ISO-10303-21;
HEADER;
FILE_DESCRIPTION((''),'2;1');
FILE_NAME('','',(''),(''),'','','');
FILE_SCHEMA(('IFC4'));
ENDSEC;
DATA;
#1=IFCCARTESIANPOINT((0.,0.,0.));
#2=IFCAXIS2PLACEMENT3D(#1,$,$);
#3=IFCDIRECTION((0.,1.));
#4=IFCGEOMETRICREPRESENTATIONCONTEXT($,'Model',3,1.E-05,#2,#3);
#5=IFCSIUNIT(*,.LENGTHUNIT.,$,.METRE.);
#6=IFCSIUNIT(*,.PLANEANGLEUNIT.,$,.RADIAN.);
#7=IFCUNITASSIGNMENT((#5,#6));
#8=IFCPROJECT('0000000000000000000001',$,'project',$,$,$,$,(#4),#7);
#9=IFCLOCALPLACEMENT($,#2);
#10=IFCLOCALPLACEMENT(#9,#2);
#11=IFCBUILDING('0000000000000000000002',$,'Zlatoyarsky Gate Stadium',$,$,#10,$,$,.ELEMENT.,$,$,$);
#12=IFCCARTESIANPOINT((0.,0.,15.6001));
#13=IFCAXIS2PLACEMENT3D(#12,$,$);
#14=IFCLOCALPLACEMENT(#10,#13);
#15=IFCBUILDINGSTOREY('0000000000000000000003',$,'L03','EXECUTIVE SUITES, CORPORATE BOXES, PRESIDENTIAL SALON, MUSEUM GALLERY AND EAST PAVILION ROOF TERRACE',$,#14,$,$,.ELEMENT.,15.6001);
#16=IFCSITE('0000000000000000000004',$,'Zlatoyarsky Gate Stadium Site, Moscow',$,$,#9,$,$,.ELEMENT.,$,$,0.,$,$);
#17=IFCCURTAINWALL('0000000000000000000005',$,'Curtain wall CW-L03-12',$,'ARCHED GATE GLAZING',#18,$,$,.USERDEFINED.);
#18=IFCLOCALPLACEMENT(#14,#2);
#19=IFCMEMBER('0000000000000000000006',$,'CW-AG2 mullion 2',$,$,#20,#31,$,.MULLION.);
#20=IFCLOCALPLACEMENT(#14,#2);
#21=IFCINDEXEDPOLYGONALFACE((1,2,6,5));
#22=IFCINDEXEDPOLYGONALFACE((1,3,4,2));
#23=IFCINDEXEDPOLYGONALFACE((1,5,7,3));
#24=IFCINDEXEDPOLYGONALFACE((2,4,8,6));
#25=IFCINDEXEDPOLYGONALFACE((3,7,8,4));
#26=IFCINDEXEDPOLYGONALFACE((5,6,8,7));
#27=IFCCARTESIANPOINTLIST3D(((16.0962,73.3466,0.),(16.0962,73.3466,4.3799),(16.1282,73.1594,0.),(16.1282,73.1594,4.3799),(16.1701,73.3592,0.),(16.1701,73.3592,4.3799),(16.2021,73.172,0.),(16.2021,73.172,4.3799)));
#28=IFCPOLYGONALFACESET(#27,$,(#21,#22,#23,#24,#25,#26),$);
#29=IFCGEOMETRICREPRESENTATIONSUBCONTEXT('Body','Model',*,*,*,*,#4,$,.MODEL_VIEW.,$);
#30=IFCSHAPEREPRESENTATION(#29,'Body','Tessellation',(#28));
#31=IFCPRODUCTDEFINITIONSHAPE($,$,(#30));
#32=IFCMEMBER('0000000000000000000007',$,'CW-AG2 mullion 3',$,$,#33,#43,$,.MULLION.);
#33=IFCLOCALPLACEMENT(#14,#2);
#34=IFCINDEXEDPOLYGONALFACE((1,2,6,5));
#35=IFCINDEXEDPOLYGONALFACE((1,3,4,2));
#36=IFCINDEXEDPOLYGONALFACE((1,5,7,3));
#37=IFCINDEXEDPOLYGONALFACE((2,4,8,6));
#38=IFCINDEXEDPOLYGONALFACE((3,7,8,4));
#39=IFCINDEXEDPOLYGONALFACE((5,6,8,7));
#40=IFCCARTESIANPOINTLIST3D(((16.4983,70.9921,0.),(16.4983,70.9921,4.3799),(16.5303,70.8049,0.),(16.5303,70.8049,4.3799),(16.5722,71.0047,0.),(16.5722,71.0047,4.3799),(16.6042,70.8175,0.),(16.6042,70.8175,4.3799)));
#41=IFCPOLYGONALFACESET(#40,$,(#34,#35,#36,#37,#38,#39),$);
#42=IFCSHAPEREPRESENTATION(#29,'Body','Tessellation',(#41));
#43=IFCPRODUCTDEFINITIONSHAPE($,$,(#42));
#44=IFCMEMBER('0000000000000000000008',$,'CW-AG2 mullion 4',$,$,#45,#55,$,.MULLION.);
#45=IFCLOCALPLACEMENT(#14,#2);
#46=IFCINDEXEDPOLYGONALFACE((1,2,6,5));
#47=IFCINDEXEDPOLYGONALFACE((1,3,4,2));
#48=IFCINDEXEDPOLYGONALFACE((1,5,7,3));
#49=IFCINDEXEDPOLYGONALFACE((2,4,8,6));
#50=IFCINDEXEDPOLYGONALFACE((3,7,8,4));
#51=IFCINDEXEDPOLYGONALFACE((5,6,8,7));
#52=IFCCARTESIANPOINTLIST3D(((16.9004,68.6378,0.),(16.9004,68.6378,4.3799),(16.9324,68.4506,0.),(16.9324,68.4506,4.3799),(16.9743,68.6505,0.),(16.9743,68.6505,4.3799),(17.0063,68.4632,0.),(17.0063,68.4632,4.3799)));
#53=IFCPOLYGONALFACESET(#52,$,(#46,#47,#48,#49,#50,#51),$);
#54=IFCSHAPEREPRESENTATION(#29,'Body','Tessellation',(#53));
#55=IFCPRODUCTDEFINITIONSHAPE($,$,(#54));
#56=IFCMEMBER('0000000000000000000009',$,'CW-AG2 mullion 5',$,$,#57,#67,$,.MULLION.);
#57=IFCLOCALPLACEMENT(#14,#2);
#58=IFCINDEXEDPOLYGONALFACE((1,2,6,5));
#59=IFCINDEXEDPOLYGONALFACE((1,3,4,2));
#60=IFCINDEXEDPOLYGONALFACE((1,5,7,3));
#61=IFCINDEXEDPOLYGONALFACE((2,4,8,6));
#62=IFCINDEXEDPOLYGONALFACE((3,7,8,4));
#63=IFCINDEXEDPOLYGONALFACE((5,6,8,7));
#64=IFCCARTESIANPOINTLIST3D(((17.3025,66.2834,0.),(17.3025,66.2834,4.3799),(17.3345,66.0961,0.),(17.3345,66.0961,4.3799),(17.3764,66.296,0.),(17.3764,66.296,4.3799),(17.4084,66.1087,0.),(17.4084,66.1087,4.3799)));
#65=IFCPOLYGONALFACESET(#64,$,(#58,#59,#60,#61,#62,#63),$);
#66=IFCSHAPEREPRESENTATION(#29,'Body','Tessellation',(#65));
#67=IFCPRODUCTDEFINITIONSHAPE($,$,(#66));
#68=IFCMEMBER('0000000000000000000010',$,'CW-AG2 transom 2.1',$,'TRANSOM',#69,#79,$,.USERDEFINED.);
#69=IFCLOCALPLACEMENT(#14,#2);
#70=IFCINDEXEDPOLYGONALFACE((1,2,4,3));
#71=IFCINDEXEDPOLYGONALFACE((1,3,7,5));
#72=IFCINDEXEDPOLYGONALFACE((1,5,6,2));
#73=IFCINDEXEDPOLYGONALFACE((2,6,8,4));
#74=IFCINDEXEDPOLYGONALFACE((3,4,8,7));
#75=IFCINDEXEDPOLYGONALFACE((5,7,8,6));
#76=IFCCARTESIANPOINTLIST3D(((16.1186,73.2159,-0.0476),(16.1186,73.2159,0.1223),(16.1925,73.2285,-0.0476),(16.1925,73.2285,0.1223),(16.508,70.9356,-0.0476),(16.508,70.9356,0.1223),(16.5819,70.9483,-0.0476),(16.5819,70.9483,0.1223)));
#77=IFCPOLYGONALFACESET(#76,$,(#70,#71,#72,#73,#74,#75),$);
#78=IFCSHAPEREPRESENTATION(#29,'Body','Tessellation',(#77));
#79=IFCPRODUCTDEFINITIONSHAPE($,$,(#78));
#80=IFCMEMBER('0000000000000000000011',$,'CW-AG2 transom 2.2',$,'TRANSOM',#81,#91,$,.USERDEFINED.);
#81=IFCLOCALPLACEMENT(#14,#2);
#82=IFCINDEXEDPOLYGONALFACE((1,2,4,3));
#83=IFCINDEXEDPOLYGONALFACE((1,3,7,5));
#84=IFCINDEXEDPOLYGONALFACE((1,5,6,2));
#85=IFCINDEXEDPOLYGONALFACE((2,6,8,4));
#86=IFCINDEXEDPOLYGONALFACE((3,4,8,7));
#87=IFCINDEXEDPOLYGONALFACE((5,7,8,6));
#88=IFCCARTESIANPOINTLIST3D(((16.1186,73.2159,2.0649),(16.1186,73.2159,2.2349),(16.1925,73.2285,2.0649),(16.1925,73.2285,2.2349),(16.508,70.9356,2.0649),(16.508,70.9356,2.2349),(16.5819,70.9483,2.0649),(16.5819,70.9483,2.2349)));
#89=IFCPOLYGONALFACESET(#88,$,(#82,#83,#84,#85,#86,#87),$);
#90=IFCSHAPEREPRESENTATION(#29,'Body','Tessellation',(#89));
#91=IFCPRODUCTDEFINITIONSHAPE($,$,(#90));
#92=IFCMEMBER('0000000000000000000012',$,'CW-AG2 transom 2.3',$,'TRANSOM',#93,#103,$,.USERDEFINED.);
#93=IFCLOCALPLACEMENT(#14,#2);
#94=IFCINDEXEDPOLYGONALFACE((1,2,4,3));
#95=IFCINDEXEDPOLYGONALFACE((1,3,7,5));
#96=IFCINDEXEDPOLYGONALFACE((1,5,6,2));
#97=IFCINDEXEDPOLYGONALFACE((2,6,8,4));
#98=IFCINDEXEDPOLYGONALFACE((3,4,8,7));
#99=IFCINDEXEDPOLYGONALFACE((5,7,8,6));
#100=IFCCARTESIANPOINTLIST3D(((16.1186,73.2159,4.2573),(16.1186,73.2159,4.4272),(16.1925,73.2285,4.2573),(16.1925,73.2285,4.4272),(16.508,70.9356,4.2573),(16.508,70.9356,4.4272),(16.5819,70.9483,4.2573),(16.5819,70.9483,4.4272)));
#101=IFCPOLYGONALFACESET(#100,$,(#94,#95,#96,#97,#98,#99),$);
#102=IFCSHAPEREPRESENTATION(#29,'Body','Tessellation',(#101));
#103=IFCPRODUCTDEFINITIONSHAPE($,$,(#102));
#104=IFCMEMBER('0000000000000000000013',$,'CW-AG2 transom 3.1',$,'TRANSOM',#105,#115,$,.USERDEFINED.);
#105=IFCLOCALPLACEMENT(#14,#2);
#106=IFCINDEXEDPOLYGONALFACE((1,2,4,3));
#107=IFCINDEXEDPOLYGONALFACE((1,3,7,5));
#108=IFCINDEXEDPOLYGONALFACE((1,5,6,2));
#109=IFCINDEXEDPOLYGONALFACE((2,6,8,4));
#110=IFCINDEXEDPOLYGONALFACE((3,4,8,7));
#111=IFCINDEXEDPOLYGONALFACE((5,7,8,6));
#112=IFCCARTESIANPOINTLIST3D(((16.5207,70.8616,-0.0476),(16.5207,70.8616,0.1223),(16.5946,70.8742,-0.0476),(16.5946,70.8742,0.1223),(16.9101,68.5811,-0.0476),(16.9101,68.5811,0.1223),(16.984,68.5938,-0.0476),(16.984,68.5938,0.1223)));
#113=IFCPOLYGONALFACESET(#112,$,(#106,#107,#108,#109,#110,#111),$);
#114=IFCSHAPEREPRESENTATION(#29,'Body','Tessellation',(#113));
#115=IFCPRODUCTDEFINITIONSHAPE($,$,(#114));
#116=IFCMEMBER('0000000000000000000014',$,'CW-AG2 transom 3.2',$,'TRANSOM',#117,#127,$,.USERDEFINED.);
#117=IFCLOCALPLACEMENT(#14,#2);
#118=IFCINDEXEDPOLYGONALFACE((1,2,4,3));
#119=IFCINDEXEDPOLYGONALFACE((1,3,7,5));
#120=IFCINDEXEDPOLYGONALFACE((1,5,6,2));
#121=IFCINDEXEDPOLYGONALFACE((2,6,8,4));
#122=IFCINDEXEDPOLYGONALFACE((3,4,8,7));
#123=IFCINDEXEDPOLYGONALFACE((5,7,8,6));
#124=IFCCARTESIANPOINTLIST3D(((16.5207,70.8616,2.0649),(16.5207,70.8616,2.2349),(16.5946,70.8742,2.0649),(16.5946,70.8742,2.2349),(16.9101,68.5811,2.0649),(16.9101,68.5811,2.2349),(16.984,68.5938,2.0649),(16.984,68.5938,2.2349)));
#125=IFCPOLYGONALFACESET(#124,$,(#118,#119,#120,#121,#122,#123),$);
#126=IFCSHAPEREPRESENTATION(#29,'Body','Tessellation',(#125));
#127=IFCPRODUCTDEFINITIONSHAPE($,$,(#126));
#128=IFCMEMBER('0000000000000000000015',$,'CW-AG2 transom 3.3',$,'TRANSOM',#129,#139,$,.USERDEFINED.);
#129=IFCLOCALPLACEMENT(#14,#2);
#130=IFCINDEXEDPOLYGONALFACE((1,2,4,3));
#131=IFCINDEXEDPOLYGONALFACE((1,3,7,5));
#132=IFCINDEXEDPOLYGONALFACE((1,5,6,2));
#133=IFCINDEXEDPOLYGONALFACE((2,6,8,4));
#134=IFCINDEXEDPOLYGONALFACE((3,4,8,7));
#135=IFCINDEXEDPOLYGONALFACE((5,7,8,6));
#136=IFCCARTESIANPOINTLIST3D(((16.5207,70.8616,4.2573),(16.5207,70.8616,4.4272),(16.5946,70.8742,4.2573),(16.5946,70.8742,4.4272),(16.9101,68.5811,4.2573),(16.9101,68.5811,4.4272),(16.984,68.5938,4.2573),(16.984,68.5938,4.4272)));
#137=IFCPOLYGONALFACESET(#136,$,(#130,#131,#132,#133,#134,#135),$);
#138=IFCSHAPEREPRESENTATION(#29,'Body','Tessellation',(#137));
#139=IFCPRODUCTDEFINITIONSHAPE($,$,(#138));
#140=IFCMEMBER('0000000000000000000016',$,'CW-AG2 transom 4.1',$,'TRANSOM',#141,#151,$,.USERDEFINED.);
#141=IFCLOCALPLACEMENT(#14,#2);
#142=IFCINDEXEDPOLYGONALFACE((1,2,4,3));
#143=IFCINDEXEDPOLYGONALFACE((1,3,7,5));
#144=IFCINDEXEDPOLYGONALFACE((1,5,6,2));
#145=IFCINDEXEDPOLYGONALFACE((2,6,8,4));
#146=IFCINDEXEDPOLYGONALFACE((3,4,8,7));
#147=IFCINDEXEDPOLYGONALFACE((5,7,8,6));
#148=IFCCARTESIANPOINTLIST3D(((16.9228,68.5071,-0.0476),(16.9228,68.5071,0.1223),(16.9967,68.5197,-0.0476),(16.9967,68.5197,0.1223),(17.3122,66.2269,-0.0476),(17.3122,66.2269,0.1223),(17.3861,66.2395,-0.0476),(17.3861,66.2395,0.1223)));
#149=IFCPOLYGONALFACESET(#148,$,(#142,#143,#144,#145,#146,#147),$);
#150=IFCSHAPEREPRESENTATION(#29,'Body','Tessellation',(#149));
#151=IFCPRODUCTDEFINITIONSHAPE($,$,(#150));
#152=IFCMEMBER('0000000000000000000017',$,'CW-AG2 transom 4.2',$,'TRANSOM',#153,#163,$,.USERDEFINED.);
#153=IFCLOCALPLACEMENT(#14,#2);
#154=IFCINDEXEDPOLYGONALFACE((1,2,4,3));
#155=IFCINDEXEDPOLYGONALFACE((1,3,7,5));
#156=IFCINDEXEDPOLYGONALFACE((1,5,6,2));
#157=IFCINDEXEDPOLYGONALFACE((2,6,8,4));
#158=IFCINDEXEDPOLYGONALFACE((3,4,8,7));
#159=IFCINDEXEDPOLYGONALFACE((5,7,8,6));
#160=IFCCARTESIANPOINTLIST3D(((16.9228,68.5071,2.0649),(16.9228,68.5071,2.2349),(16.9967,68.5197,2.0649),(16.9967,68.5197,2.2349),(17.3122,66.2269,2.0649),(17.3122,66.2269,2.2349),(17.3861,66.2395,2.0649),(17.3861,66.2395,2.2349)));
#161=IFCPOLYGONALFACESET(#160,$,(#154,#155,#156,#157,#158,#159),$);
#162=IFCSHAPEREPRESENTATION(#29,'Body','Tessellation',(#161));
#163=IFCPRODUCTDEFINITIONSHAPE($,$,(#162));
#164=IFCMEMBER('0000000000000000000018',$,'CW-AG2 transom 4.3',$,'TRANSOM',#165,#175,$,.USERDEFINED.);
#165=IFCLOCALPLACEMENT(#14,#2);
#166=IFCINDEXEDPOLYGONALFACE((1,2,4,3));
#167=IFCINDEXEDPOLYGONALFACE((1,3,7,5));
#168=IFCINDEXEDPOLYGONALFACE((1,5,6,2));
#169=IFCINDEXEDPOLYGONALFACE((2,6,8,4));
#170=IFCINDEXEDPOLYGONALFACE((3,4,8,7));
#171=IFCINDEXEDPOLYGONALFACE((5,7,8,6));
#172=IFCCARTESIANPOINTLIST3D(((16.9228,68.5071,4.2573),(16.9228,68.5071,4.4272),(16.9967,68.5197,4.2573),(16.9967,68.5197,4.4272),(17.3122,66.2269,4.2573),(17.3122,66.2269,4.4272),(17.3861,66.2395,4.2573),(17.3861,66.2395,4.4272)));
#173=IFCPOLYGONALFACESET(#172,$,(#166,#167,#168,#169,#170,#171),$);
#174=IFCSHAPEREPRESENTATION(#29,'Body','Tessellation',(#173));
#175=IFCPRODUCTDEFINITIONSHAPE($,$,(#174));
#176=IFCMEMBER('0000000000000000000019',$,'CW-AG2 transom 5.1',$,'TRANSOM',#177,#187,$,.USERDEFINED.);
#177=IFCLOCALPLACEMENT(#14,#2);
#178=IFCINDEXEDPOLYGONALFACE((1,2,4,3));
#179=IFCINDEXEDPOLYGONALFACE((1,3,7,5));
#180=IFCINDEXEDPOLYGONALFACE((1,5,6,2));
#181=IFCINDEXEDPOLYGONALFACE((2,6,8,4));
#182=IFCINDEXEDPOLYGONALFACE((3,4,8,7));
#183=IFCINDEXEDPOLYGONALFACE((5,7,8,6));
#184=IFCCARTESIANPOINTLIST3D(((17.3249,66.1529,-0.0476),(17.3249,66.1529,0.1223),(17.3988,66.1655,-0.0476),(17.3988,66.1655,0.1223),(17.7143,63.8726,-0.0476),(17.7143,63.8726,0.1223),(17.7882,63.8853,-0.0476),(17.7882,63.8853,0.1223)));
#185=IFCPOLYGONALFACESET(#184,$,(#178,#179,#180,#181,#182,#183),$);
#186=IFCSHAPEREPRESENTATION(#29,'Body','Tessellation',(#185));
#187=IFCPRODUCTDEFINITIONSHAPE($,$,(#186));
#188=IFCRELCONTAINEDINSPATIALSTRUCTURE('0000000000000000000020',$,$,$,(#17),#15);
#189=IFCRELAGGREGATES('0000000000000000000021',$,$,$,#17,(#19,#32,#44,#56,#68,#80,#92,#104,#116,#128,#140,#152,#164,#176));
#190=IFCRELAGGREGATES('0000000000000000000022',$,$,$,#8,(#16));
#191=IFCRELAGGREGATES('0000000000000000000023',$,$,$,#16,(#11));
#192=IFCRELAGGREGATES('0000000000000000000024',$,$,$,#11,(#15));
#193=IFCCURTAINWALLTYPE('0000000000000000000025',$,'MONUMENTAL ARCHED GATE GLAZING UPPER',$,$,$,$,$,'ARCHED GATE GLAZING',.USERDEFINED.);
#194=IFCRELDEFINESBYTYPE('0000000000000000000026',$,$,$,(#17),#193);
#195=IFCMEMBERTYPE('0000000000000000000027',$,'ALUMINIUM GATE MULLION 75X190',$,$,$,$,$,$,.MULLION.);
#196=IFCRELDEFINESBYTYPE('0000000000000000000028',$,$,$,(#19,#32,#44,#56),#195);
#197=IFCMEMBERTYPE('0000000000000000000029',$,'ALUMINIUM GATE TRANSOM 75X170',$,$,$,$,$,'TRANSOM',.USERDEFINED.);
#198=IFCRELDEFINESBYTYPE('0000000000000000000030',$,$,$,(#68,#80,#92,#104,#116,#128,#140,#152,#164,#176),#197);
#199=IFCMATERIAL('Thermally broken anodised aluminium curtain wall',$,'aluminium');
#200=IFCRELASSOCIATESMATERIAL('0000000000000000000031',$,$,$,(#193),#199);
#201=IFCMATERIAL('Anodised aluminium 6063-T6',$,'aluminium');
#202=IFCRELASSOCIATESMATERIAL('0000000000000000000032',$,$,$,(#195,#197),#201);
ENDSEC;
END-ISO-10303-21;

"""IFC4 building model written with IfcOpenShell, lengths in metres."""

from ifc_helpers import new_model, si_unit, direction, frame, origin, origin_2d, place, context, subcontext, project, spatial, rectangle, extrude, material, material_profile, profile_set, type_object, element, aggregate, save


model = new_model("IFC4")

# Units and contexts
model_context = context("Model", 3, precision=1e-05, world=origin(), true_north=direction((0.0, 1.0)))
body_context = subcontext(model_context, "Body", "Model", "MODEL_VIEW")
ifc_project = project(units=[si_unit("LENGTHUNIT", "METRE"), si_unit("PLANEANGLEUNIT", "RADIAN")], contexts=[model_context])

# Site, building, storey
site_placement = place(None, origin())
site = spatial("IfcSite", under=ifc_project, at=site_placement, Name="Zlatoyarsky Gate Stadium Site, Moscow", CompositionType="ELEMENT", RefElevation=0.0)
building_placement = place(site_placement, origin())
building = spatial("IfcBuilding", under=site, at=building_placement, Name="Zlatoyarsky Gate Stadium", CompositionType="ELEMENT")
storey_placement = place(building_placement, frame((0.0, 0.0, 15.6001)))
storey = spatial("IfcBuildingStorey", under=building, at=storey_placement, Name="L03", Description="EXECUTIVE SUITES, CORPORATE BOXES, PRESIDENTIAL SALON, MUSEUM GALLERY AND EAST PAVILION ROOF TERRACE", CompositionType="ELEMENT", Elevation=15.6001)

# Curtain wall, members
ifc_material_1 = material(Name="Thermally broken anodised aluminium curtain wall", Category="aluminium")
curtain_wall_type = type_object("IfcCurtainWallType", Name="MONUMENTAL ARCHED GATE GLAZING UPPER", ElementType="ARCHED GATE GLAZING", PredefinedType="USERDEFINED", material=ifc_material_1)
curtain_wall_placement = place(storey_placement, origin())
curtain_wall = element("IfcCurtainWall", 1, at=curtain_wall_placement, inside=storey, type_object=curtain_wall_type, Name="Curtain wall CW-L03-12", ObjectType="ARCHED GATE GLAZING", PredefinedType="USERDEFINED")
ifc_material_2 = material(Name="Anodised aluminium 6063-T6", Category="aluminium")
ifc_material_profile_1 = material_profile(ifc_material_2, rectangle(XDim=0.075, YDim=0.1899, at=origin_2d()), Name="ALU 75X190")
ifc_profile_set_1 = profile_set([ifc_material_profile_1], Name="Anodised aluminium 6063-T6")
member_type_1 = type_object("IfcMemberType", Name="ALUMINIUM GATE MULLION 75X190", PredefinedType="MULLION", material=ifc_profile_set_1)
member_1_placement = place(storey_placement, frame((16.1492, 73.2593, 0.0), z_axis=(0.0, 0.0, 1.0), x_axis=(0.985727, 0.168354, 0.0)))
member_1 = element("IfcMember", 2, at=member_1_placement, type_object=member_type_1, Name="CW-AG2 mullion 2", PredefinedType="MULLION", context=body_context, shape_type="SweptSolid", body=[
    extrude(rectangle(XDim=0.075, YDim=0.1899, at=origin_2d()), origin(), (0.0, 0.0, 1.0), 4.3799),
])
member_2_placement = place(storey_placement, frame((16.5513, 70.9048, 0.0), z_axis=(0.0, 0.0, 1.0), x_axis=(0.985727, 0.168354, 0.0)))
member_2 = element("IfcMember", 3, at=member_2_placement, type_object=member_type_1, Name="CW-AG2 mullion 3", PredefinedType="MULLION", context=body_context, shape_type="SweptSolid", body=[
    extrude(rectangle(XDim=0.075, YDim=0.1899, at=origin_2d()), origin(), (0.0, 0.0, 1.0), 4.3799),
])
member_3_placement = place(storey_placement, frame((16.9534, 68.5505, 0.0), z_axis=(0.0, 0.0, 1.0), x_axis=(0.985727, 0.168354, 0.0)))
member_3 = element("IfcMember", 4, at=member_3_placement, type_object=member_type_1, Name="CW-AG2 mullion 4", PredefinedType="MULLION", context=body_context, shape_type="SweptSolid", body=[
    extrude(rectangle(XDim=0.075, YDim=0.1899, at=origin_2d()), origin(), (0.0, 0.0, 1.0), 4.3799),
])
member_4_placement = place(storey_placement, frame((17.3555, 66.196, 0.0), z_axis=(0.0, 0.0, 1.0), x_axis=(0.985727, 0.168354, 0.0)))
member_4 = element("IfcMember", 5, at=member_4_placement, type_object=member_type_1, Name="CW-AG2 mullion 5", PredefinedType="MULLION", context=body_context, shape_type="SweptSolid", body=[
    extrude(rectangle(XDim=0.075, YDim=0.1899, at=origin_2d()), origin(), (0.0, 0.0, 1.0), 4.3799),
])
ifc_material_profile_2 = material_profile(ifc_material_2, rectangle(XDim=0.075, YDim=0.1699, at=origin_2d()), Name="ALU 75X170")
ifc_profile_set_2 = profile_set([ifc_material_profile_2], Name="Anodised aluminium 6063-T6")
member_type_2 = type_object("IfcMemberType", Name="ALUMINIUM GATE TRANSOM 75X170", ElementType="TRANSOM", PredefinedType="USERDEFINED", material=ifc_profile_set_2)
member_5_placement = place(storey_placement, frame((16.1555, 73.2222, 0.0374), z_axis=(0.168334, -0.98573, 0.0), x_axis=(0.98573, 0.168334, 0.0)))
member_5 = element("IfcMember", 6, at=member_5_placement, type_object=member_type_2, Name="CW-AG2 transom 2.1", ObjectType="TRANSOM", PredefinedType="USERDEFINED", context=body_context, shape_type="SweptSolid", body=[
    extrude(rectangle(XDim=0.075, YDim=0.1699, at=origin_2d()), origin(), (0.0, 0.0, 1.0), 2.3132),
])
member_6_placement = place(storey_placement, frame((16.1555, 73.2222, 2.1499), z_axis=(0.168334, -0.98573, 0.0), x_axis=(0.98573, 0.168334, 0.0)))
member_6 = element("IfcMember", 7, at=member_6_placement, type_object=member_type_2, Name="CW-AG2 transom 2.2", ObjectType="TRANSOM", PredefinedType="USERDEFINED", context=body_context, shape_type="SweptSolid", body=[
    extrude(rectangle(XDim=0.075, YDim=0.1699, at=origin_2d()), origin(), (0.0, 0.0, 1.0), 2.3132),
])
member_7_placement = place(storey_placement, frame((16.1555, 73.2222, 4.3423), z_axis=(0.168334, -0.98573, 0.0), x_axis=(0.98573, 0.168334, 0.0)))
member_7 = element("IfcMember", 8, at=member_7_placement, type_object=member_type_2, Name="CW-AG2 transom 2.3", ObjectType="TRANSOM", PredefinedType="USERDEFINED", context=body_context, shape_type="SweptSolid", body=[
    extrude(rectangle(XDim=0.075, YDim=0.1699, at=origin_2d()), origin(), (0.0, 0.0, 1.0), 2.3132),
])
member_8_placement = place(storey_placement, frame((16.5576, 70.8679, 0.0374), z_axis=(0.168316, -0.985733, 0.0), x_axis=(0.985733, 0.168316, 0.0)))
member_8 = element("IfcMember", 9, at=member_8_placement, type_object=member_type_2, Name="CW-AG2 transom 3.1", ObjectType="TRANSOM", PredefinedType="USERDEFINED", context=body_context, shape_type="SweptSolid", body=[
    extrude(rectangle(XDim=0.075, YDim=0.1699, at=origin_2d()), origin(), (0.0, 0.0, 1.0), 2.3135),
])
member_9_placement = place(storey_placement, frame((16.5576, 70.8679, 2.1499), z_axis=(0.168316, -0.985733, 0.0), x_axis=(0.985733, 0.168316, 0.0)))
member_9 = element("IfcMember", 10, at=member_9_placement, type_object=member_type_2, Name="CW-AG2 transom 3.2", ObjectType="TRANSOM", PredefinedType="USERDEFINED", context=body_context, shape_type="SweptSolid", body=[
    extrude(rectangle(XDim=0.075, YDim=0.1699, at=origin_2d()), origin(), (0.0, 0.0, 1.0), 2.3135),
])
member_10_placement = place(storey_placement, frame((16.5576, 70.8679, 4.3423), z_axis=(0.168316, -0.985733, 0.0), x_axis=(0.985733, 0.168316, 0.0)))
member_10 = element("IfcMember", 11, at=member_10_placement, type_object=member_type_2, Name="CW-AG2 transom 3.3", ObjectType="TRANSOM", PredefinedType="USERDEFINED", context=body_context, shape_type="SweptSolid", body=[
    extrude(rectangle(XDim=0.075, YDim=0.1699, at=origin_2d()), origin(), (0.0, 0.0, 1.0), 2.3135),
])
member_11_placement = place(storey_placement, frame((16.9597, 68.5134, 0.0374), z_axis=(0.168334, -0.98573, 0.0), x_axis=(0.98573, 0.168334, 0.0)))
member_11 = element("IfcMember", 12, at=member_11_placement, type_object=member_type_2, Name="CW-AG2 transom 4.1", ObjectType="TRANSOM", PredefinedType="USERDEFINED", context=body_context, shape_type="SweptSolid", body=[
    extrude(rectangle(XDim=0.075, YDim=0.1699, at=origin_2d()), origin(), (0.0, 0.0, 1.0), 2.3132),
])
member_12_placement = place(storey_placement, frame((16.9597, 68.5134, 2.1499), z_axis=(0.168334, -0.98573, 0.0), x_axis=(0.98573, 0.168334, 0.0)))
member_12 = element("IfcMember", 13, at=member_12_placement, type_object=member_type_2, Name="CW-AG2 transom 4.2", ObjectType="TRANSOM", PredefinedType="USERDEFINED", context=body_context, shape_type="SweptSolid", body=[
    extrude(rectangle(XDim=0.075, YDim=0.1699, at=origin_2d()), origin(), (0.0, 0.0, 1.0), 2.3132),
])
member_13_placement = place(storey_placement, frame((16.9597, 68.5134, 4.3423), z_axis=(0.168334, -0.98573, 0.0), x_axis=(0.98573, 0.168334, 0.0)))
member_13 = element("IfcMember", 14, at=member_13_placement, type_object=member_type_2, Name="CW-AG2 transom 4.3", ObjectType="TRANSOM", PredefinedType="USERDEFINED", context=body_context, shape_type="SweptSolid", body=[
    extrude(rectangle(XDim=0.075, YDim=0.1699, at=origin_2d()), origin(), (0.0, 0.0, 1.0), 2.3132),
])
member_14_placement = place(storey_placement, frame((17.3618, 66.1592, 0.0374), z_axis=(0.168334, -0.98573, 0.0), x_axis=(0.98573, 0.168334, 0.0)))
member_14 = element("IfcMember", 15, at=member_14_placement, type_object=member_type_2, Name="CW-AG2 transom 5.1", ObjectType="TRANSOM", PredefinedType="USERDEFINED", context=body_context, shape_type="SweptSolid", body=[
    extrude(rectangle(XDim=0.075, YDim=0.1699, at=origin_2d()), origin(), (0.0, 0.0, 1.0), 2.3132),
])
aggregate(curtain_wall, [member_1, member_2, member_3, member_4, member_5, member_6, member_7, member_8, member_9, member_10, member_11, member_12, member_13, member_14])

save(model, "model.ifc")
